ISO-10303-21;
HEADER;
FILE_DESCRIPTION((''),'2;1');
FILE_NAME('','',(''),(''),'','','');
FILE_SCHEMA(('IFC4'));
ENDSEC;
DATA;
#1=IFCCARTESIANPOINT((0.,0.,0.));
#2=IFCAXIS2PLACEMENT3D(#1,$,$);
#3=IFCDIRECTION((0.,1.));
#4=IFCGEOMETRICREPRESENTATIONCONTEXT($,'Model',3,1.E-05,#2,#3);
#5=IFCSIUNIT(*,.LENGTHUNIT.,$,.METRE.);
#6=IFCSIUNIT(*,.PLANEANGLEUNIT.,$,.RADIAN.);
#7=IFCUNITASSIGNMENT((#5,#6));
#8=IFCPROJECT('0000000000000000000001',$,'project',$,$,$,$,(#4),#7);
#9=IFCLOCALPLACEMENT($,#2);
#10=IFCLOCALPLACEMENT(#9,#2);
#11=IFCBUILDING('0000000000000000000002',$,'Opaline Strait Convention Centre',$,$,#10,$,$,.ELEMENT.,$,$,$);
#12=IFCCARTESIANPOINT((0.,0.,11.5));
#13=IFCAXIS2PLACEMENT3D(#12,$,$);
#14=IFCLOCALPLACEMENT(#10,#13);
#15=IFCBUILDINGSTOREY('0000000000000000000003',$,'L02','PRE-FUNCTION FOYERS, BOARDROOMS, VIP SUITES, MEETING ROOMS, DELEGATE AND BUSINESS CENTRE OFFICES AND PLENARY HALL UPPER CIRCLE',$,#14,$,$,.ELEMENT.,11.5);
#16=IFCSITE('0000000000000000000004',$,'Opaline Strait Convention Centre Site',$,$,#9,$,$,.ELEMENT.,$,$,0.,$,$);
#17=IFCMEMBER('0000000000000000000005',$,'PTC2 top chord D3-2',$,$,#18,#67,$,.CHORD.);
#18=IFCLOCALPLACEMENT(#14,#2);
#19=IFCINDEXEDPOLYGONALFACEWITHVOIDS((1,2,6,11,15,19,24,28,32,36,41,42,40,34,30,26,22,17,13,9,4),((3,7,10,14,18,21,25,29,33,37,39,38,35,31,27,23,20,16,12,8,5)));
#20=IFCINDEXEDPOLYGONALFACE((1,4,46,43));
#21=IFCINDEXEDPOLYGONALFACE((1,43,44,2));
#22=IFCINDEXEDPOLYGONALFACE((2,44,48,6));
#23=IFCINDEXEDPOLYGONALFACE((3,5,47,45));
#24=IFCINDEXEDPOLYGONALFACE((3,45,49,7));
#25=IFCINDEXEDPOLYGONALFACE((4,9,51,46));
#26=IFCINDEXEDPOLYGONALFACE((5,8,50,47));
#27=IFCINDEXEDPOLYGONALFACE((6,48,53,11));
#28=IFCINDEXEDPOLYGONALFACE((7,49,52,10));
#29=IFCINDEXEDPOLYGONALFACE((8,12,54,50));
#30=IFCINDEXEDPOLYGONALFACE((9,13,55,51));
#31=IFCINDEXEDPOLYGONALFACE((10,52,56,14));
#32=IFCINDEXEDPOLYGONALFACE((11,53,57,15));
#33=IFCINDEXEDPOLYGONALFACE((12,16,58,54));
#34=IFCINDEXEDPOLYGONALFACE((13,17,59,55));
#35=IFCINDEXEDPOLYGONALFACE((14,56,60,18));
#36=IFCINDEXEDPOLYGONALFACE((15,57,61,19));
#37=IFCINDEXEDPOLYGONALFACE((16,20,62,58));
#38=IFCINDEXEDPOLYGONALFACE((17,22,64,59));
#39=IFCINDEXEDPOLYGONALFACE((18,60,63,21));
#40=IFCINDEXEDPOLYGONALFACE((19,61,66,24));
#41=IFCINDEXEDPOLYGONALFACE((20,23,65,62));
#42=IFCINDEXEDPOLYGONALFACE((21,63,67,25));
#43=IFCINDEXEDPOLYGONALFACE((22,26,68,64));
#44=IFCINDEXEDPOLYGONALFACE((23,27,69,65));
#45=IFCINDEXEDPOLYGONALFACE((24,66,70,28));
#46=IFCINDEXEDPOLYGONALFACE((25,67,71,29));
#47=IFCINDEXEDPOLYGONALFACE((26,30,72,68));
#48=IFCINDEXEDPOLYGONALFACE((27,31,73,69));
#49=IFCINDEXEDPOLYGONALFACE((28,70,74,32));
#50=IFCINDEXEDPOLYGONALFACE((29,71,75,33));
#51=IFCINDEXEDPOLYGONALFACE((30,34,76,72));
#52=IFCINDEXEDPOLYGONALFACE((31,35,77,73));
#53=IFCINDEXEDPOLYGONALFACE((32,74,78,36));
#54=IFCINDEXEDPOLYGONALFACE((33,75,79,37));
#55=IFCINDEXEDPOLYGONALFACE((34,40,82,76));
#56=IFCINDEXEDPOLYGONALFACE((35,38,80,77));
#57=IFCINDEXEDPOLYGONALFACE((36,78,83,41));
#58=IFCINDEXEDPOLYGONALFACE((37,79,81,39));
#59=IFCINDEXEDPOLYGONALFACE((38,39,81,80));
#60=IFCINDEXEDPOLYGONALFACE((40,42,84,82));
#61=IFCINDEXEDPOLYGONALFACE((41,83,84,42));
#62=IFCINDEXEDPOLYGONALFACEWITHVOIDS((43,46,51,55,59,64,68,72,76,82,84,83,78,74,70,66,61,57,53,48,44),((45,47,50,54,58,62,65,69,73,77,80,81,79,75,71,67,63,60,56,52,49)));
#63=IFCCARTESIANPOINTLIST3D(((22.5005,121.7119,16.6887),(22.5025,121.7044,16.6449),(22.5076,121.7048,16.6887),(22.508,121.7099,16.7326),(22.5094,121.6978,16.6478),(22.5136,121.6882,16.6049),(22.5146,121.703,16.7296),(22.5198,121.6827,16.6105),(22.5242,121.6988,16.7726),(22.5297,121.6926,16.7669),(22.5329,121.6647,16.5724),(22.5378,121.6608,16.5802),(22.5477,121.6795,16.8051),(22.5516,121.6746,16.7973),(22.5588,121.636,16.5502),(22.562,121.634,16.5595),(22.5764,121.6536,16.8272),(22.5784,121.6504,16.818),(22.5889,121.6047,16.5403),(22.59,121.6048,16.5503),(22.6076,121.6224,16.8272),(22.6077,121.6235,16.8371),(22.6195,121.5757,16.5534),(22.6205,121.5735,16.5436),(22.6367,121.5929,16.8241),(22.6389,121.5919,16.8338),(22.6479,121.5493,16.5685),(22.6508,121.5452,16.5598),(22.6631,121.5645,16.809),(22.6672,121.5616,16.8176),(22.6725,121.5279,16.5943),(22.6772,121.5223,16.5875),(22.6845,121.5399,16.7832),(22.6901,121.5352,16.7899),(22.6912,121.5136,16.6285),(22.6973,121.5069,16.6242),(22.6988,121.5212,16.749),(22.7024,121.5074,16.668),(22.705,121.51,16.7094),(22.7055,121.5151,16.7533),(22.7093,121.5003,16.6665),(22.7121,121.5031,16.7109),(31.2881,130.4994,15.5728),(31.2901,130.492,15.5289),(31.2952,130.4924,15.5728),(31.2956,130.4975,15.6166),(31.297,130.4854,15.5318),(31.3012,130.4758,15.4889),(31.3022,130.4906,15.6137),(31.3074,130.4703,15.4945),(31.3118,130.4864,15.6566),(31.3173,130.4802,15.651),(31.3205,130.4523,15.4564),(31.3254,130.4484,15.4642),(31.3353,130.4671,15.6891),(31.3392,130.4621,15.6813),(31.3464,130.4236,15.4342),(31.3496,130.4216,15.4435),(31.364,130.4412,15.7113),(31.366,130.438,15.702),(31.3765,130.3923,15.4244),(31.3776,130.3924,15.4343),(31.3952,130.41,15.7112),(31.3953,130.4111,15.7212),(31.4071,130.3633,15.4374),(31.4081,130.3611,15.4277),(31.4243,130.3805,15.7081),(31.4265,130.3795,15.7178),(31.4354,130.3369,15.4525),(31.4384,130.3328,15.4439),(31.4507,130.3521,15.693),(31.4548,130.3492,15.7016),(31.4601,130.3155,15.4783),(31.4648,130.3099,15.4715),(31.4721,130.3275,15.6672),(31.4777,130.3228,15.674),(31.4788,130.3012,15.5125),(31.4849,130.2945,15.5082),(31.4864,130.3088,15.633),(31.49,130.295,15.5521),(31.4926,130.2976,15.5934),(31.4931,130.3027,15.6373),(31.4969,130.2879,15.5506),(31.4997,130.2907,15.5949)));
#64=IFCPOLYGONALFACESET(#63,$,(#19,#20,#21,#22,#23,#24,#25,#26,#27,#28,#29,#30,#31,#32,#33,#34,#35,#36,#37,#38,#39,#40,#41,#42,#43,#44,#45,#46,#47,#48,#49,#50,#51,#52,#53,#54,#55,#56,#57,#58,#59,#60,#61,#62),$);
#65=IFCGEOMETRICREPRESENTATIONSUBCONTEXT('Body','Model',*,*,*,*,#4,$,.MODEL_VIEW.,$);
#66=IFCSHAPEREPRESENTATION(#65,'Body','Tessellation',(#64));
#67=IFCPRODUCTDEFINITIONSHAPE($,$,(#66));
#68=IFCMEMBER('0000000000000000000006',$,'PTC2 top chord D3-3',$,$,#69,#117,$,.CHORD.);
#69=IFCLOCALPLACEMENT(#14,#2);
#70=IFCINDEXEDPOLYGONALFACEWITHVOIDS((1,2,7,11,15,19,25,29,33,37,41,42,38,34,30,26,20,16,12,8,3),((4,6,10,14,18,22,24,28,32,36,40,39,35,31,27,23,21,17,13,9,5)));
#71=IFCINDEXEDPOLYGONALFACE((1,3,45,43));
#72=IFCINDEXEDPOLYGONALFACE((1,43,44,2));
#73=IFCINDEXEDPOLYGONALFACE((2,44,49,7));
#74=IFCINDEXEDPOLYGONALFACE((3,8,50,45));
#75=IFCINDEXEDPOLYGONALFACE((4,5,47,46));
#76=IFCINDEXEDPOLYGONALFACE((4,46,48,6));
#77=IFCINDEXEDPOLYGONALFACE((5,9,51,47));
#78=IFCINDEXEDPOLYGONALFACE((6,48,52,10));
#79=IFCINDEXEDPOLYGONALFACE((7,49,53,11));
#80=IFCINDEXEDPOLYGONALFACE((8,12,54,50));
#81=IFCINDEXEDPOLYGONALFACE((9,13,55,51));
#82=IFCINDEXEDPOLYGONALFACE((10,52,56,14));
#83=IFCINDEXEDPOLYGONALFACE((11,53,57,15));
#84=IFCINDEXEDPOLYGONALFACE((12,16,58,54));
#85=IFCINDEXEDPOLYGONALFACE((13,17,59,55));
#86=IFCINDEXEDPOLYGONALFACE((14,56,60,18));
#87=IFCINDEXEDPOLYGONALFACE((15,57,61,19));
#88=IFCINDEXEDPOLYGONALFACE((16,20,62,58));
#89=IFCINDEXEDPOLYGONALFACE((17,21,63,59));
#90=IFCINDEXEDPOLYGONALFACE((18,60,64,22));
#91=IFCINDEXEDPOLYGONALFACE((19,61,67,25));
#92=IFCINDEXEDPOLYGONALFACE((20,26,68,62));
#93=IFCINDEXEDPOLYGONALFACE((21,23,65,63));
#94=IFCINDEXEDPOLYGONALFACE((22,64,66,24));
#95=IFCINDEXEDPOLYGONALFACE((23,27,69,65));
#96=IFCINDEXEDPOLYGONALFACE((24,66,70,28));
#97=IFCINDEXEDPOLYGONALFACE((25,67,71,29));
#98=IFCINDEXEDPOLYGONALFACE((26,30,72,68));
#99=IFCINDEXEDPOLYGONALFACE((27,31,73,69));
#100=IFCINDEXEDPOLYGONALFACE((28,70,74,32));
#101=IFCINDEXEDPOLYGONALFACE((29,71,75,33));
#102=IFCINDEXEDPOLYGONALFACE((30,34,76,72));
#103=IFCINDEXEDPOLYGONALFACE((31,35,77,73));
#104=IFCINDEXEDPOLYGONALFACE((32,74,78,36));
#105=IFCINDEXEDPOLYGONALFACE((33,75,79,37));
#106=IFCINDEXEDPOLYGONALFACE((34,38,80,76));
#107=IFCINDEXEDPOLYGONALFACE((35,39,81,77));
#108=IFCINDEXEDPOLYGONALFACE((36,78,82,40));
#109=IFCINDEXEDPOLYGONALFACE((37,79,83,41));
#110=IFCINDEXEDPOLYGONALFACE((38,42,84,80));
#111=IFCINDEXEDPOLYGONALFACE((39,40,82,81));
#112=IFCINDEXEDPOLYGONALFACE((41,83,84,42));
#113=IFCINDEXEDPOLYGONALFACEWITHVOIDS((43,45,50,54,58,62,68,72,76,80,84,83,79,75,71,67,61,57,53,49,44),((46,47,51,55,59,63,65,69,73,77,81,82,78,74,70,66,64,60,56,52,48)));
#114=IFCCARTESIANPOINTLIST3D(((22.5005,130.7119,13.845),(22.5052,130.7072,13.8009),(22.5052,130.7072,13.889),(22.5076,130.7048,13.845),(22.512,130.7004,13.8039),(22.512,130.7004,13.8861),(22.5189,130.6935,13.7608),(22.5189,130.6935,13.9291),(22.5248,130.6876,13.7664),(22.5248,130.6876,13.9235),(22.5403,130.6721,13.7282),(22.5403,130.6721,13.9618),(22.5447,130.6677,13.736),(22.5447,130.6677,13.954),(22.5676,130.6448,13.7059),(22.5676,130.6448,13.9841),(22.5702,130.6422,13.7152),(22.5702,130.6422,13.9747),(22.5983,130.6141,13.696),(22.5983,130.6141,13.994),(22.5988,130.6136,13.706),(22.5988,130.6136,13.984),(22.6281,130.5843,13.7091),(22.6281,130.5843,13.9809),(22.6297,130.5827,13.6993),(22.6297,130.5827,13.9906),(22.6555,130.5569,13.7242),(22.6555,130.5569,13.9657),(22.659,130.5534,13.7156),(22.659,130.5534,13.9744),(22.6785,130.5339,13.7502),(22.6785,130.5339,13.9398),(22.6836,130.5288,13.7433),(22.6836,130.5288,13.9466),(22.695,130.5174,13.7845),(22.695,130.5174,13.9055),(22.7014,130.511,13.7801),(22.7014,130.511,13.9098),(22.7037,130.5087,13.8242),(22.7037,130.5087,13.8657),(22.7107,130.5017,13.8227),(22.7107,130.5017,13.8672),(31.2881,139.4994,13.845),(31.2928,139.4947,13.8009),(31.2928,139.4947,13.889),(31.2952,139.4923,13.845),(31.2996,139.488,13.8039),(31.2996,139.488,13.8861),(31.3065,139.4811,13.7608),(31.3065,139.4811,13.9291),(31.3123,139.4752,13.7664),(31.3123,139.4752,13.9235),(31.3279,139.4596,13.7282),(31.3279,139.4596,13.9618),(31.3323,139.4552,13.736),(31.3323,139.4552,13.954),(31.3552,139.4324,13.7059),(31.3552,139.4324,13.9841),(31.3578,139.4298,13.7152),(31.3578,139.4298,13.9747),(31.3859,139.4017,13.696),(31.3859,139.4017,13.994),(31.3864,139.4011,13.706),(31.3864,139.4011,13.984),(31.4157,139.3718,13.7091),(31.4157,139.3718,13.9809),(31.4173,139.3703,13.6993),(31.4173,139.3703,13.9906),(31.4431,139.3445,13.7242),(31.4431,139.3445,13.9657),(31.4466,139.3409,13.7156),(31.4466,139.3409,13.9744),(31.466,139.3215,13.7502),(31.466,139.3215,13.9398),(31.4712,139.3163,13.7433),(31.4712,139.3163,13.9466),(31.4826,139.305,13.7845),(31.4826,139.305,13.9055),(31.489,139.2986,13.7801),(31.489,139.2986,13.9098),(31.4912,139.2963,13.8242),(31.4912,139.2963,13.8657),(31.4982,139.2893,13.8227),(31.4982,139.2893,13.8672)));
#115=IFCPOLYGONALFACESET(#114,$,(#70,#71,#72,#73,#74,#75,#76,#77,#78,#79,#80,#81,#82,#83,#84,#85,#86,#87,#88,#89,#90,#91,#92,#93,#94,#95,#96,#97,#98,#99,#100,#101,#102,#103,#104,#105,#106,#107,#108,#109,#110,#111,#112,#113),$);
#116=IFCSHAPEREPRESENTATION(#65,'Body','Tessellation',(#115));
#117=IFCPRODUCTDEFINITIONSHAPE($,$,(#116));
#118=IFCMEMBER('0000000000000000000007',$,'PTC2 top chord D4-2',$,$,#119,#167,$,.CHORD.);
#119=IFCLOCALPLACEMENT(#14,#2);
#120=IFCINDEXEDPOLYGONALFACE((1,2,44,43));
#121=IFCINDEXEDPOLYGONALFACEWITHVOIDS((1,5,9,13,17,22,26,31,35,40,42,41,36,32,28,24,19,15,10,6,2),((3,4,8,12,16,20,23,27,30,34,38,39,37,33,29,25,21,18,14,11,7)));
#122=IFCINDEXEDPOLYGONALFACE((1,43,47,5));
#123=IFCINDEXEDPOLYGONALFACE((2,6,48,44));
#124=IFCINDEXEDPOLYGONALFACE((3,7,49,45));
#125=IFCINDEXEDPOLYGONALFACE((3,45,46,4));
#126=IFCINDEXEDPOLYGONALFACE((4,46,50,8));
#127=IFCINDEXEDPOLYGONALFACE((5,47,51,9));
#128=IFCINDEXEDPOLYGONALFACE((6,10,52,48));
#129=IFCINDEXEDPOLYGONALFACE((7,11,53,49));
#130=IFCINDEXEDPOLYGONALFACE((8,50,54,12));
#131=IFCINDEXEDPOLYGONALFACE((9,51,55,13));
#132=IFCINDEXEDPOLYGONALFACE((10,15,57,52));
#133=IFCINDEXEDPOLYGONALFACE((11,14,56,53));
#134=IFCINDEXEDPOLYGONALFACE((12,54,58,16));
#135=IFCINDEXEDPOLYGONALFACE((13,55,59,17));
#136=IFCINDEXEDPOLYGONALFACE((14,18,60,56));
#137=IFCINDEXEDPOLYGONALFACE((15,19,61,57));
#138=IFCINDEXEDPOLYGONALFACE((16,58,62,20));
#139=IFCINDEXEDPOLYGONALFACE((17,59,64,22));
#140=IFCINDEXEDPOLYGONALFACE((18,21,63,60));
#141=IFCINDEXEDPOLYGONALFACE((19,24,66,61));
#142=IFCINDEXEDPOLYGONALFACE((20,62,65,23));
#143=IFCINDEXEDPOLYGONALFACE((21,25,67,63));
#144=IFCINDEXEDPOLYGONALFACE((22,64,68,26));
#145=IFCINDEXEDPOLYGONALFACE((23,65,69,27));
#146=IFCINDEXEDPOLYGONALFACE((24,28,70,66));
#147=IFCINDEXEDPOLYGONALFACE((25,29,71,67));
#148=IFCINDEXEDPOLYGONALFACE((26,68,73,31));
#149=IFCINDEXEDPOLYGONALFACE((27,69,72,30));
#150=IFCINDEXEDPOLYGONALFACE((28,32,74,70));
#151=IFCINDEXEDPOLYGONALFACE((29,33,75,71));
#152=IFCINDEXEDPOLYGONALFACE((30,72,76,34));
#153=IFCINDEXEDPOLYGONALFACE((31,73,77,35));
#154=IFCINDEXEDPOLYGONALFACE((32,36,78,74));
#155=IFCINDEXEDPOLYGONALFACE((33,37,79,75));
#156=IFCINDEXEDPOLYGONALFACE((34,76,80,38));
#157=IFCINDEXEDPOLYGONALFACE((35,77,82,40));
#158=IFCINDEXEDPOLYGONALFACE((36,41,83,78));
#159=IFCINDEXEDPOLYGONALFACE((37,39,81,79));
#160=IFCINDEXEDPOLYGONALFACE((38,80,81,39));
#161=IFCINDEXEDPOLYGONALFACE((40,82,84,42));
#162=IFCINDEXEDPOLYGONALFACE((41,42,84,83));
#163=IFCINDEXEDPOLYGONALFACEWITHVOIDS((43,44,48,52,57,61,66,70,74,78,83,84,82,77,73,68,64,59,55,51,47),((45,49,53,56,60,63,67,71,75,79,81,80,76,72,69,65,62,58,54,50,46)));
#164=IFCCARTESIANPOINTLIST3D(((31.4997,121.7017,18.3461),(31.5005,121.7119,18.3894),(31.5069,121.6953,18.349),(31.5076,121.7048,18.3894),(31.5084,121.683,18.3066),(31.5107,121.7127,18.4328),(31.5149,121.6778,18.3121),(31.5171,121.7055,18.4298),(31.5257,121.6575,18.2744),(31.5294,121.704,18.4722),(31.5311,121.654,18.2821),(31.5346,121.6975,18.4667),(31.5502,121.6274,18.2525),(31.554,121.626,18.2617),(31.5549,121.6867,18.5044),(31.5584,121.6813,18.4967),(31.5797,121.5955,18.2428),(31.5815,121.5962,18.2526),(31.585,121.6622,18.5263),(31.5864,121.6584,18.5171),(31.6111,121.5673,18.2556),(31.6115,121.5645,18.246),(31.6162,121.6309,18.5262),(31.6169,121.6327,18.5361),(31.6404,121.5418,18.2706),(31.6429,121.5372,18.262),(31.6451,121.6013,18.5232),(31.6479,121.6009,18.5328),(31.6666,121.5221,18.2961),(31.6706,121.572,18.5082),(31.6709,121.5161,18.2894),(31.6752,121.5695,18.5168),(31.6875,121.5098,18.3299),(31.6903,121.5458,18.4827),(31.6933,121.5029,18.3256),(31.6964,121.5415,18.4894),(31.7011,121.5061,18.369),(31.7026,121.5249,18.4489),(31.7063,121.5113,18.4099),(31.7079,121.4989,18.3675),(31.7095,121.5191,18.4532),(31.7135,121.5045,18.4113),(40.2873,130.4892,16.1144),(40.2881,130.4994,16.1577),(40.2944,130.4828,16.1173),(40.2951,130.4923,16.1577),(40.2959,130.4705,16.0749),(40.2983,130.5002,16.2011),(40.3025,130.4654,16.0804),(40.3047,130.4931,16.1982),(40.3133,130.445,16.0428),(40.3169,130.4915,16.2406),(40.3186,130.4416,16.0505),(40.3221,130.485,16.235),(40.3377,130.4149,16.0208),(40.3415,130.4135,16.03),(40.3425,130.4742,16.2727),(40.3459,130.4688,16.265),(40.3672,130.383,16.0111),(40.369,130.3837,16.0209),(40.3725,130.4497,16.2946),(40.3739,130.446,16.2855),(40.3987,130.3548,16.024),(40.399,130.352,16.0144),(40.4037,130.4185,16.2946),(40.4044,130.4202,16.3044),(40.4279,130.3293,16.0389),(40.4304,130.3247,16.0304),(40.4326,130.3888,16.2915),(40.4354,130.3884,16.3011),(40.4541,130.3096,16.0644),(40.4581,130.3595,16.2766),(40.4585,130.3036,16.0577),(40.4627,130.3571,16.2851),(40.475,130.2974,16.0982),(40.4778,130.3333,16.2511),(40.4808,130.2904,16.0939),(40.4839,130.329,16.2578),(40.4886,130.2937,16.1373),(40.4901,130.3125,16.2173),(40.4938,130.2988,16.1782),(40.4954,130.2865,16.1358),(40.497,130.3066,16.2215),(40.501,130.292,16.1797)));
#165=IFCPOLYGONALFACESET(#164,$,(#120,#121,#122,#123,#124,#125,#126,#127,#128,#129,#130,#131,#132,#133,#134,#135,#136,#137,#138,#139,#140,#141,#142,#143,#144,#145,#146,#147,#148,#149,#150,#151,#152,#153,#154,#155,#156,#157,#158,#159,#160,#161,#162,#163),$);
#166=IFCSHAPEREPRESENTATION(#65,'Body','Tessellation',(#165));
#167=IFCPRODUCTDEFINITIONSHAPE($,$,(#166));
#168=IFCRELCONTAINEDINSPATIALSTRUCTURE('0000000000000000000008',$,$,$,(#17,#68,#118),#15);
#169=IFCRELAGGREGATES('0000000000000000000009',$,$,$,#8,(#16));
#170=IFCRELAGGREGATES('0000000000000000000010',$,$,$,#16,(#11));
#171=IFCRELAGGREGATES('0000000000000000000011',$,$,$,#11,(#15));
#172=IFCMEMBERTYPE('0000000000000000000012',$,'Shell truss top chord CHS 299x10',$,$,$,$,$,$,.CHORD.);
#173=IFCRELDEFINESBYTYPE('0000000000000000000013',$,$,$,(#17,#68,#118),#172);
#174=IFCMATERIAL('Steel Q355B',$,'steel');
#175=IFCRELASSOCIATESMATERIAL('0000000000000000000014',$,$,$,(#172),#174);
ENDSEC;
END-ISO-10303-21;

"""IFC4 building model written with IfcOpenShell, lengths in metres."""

from ifc_helpers import new_model, si_unit, direction, frame, origin, origin_2d, place, context, subcontext, project, spatial, hollow_circle, extrude, material, material_profile, profile_set, type_object, element, save


model = new_model("IFC4")

# Units and contexts
model_context = context("Model", 3, precision=1e-05, world=origin(), true_north=direction((0.0, 1.0)))
body_context = subcontext(model_context, "Body", "Model", "MODEL_VIEW")
ifc_project = project(units=[si_unit("LENGTHUNIT", "METRE"), si_unit("PLANEANGLEUNIT", "RADIAN")], contexts=[model_context])

# Site, building, storey
site_placement = place(None, origin())
site = spatial("IfcSite", under=ifc_project, at=site_placement, Name="Opaline Strait Convention Centre Site", CompositionType="ELEMENT", RefElevation=0.0)
building_placement = place(site_placement, origin())
building = spatial("IfcBuilding", under=site, at=building_placement, Name="Opaline Strait Convention Centre", CompositionType="ELEMENT")
storey_placement = place(building_placement, frame((0.0, 0.0, 11.5)))
storey = spatial("IfcBuildingStorey", under=building, at=storey_placement, Name="L02", Description="PRE-FUNCTION FOYERS, BOARDROOMS, VIP SUITES, MEETING ROOMS, DELEGATE AND BUSINESS CENTRE OFFICES AND PLENARY HALL UPPER CIRCLE", CompositionType="ELEMENT", Elevation=11.5)

# Members
ifc_material_1 = material(Name="Steel Q355B", Category="steel")
ifc_material_profile_1 = material_profile(ifc_material_1, hollow_circle(Radius=0.1494, WallThickness=0.01, at=origin_2d()), Name="CHS 299x10")
ifc_profile_set_1 = profile_set([ifc_material_profile_1], Name="Steel Q355B")
member_type_1 = type_object("IfcMemberType", Name="Shell truss top chord CHS 299x10", PredefinedType="CHORD", material=ifc_profile_set_1)
member_1_placement = place(storey_placement, frame((22.6062, 121.6062, 16.6887), z_axis=(0.704273, 0.704273, -0.089438), x_axis=(-0.707107, 0.707107, 0.0)))
element("IfcMember", 1, at=member_1_placement, inside=storey, type_object=member_type_1, Name="PTC2 top chord D3-2", PredefinedType="CHORD", context=body_context, shape_type="SweptSolid", body=[
    extrude(hollow_circle(Radius=0.1494, WallThickness=0.01, at=origin_2d()), origin(), (0.0, 0.0, 1.0), 12.4775),
])
member_2_placement = place(storey_placement, frame((22.6062, 130.6062, 13.845), z_axis=(0.707107, 0.707107, 0.0), x_axis=(-0.707107, 0.707107, 0.0)))
element("IfcMember", 2, at=member_2_placement, inside=storey, type_object=member_type_1, Name="PTC2 top chord D3-3", PredefinedType="CHORD", context=body_context, shape_type="SweptSolid", body=[
    extrude(hollow_circle(Radius=0.1494, WallThickness=0.01, at=origin_2d()), origin(), (0.0, 0.0, 1.0), 12.4275),
])
member_3_placement = place(storey_placement, frame((31.6062, 121.6062, 18.3894), z_axis=(0.695974, 0.695974, -0.176749), x_axis=(-0.707107, 0.707107, 0.0)))
element("IfcMember", 3, at=member_3_placement, inside=storey, type_object=member_type_1, Name="PTC2 top chord D4-2", PredefinedType="CHORD", context=body_context, shape_type="SweptSolid", body=[
    extrude(hollow_circle(Radius=0.1494, WallThickness=0.01, at=origin_2d()), origin(), (0.0, 0.0, 1.0), 12.6262),
])

save(model, "model.ifc")
